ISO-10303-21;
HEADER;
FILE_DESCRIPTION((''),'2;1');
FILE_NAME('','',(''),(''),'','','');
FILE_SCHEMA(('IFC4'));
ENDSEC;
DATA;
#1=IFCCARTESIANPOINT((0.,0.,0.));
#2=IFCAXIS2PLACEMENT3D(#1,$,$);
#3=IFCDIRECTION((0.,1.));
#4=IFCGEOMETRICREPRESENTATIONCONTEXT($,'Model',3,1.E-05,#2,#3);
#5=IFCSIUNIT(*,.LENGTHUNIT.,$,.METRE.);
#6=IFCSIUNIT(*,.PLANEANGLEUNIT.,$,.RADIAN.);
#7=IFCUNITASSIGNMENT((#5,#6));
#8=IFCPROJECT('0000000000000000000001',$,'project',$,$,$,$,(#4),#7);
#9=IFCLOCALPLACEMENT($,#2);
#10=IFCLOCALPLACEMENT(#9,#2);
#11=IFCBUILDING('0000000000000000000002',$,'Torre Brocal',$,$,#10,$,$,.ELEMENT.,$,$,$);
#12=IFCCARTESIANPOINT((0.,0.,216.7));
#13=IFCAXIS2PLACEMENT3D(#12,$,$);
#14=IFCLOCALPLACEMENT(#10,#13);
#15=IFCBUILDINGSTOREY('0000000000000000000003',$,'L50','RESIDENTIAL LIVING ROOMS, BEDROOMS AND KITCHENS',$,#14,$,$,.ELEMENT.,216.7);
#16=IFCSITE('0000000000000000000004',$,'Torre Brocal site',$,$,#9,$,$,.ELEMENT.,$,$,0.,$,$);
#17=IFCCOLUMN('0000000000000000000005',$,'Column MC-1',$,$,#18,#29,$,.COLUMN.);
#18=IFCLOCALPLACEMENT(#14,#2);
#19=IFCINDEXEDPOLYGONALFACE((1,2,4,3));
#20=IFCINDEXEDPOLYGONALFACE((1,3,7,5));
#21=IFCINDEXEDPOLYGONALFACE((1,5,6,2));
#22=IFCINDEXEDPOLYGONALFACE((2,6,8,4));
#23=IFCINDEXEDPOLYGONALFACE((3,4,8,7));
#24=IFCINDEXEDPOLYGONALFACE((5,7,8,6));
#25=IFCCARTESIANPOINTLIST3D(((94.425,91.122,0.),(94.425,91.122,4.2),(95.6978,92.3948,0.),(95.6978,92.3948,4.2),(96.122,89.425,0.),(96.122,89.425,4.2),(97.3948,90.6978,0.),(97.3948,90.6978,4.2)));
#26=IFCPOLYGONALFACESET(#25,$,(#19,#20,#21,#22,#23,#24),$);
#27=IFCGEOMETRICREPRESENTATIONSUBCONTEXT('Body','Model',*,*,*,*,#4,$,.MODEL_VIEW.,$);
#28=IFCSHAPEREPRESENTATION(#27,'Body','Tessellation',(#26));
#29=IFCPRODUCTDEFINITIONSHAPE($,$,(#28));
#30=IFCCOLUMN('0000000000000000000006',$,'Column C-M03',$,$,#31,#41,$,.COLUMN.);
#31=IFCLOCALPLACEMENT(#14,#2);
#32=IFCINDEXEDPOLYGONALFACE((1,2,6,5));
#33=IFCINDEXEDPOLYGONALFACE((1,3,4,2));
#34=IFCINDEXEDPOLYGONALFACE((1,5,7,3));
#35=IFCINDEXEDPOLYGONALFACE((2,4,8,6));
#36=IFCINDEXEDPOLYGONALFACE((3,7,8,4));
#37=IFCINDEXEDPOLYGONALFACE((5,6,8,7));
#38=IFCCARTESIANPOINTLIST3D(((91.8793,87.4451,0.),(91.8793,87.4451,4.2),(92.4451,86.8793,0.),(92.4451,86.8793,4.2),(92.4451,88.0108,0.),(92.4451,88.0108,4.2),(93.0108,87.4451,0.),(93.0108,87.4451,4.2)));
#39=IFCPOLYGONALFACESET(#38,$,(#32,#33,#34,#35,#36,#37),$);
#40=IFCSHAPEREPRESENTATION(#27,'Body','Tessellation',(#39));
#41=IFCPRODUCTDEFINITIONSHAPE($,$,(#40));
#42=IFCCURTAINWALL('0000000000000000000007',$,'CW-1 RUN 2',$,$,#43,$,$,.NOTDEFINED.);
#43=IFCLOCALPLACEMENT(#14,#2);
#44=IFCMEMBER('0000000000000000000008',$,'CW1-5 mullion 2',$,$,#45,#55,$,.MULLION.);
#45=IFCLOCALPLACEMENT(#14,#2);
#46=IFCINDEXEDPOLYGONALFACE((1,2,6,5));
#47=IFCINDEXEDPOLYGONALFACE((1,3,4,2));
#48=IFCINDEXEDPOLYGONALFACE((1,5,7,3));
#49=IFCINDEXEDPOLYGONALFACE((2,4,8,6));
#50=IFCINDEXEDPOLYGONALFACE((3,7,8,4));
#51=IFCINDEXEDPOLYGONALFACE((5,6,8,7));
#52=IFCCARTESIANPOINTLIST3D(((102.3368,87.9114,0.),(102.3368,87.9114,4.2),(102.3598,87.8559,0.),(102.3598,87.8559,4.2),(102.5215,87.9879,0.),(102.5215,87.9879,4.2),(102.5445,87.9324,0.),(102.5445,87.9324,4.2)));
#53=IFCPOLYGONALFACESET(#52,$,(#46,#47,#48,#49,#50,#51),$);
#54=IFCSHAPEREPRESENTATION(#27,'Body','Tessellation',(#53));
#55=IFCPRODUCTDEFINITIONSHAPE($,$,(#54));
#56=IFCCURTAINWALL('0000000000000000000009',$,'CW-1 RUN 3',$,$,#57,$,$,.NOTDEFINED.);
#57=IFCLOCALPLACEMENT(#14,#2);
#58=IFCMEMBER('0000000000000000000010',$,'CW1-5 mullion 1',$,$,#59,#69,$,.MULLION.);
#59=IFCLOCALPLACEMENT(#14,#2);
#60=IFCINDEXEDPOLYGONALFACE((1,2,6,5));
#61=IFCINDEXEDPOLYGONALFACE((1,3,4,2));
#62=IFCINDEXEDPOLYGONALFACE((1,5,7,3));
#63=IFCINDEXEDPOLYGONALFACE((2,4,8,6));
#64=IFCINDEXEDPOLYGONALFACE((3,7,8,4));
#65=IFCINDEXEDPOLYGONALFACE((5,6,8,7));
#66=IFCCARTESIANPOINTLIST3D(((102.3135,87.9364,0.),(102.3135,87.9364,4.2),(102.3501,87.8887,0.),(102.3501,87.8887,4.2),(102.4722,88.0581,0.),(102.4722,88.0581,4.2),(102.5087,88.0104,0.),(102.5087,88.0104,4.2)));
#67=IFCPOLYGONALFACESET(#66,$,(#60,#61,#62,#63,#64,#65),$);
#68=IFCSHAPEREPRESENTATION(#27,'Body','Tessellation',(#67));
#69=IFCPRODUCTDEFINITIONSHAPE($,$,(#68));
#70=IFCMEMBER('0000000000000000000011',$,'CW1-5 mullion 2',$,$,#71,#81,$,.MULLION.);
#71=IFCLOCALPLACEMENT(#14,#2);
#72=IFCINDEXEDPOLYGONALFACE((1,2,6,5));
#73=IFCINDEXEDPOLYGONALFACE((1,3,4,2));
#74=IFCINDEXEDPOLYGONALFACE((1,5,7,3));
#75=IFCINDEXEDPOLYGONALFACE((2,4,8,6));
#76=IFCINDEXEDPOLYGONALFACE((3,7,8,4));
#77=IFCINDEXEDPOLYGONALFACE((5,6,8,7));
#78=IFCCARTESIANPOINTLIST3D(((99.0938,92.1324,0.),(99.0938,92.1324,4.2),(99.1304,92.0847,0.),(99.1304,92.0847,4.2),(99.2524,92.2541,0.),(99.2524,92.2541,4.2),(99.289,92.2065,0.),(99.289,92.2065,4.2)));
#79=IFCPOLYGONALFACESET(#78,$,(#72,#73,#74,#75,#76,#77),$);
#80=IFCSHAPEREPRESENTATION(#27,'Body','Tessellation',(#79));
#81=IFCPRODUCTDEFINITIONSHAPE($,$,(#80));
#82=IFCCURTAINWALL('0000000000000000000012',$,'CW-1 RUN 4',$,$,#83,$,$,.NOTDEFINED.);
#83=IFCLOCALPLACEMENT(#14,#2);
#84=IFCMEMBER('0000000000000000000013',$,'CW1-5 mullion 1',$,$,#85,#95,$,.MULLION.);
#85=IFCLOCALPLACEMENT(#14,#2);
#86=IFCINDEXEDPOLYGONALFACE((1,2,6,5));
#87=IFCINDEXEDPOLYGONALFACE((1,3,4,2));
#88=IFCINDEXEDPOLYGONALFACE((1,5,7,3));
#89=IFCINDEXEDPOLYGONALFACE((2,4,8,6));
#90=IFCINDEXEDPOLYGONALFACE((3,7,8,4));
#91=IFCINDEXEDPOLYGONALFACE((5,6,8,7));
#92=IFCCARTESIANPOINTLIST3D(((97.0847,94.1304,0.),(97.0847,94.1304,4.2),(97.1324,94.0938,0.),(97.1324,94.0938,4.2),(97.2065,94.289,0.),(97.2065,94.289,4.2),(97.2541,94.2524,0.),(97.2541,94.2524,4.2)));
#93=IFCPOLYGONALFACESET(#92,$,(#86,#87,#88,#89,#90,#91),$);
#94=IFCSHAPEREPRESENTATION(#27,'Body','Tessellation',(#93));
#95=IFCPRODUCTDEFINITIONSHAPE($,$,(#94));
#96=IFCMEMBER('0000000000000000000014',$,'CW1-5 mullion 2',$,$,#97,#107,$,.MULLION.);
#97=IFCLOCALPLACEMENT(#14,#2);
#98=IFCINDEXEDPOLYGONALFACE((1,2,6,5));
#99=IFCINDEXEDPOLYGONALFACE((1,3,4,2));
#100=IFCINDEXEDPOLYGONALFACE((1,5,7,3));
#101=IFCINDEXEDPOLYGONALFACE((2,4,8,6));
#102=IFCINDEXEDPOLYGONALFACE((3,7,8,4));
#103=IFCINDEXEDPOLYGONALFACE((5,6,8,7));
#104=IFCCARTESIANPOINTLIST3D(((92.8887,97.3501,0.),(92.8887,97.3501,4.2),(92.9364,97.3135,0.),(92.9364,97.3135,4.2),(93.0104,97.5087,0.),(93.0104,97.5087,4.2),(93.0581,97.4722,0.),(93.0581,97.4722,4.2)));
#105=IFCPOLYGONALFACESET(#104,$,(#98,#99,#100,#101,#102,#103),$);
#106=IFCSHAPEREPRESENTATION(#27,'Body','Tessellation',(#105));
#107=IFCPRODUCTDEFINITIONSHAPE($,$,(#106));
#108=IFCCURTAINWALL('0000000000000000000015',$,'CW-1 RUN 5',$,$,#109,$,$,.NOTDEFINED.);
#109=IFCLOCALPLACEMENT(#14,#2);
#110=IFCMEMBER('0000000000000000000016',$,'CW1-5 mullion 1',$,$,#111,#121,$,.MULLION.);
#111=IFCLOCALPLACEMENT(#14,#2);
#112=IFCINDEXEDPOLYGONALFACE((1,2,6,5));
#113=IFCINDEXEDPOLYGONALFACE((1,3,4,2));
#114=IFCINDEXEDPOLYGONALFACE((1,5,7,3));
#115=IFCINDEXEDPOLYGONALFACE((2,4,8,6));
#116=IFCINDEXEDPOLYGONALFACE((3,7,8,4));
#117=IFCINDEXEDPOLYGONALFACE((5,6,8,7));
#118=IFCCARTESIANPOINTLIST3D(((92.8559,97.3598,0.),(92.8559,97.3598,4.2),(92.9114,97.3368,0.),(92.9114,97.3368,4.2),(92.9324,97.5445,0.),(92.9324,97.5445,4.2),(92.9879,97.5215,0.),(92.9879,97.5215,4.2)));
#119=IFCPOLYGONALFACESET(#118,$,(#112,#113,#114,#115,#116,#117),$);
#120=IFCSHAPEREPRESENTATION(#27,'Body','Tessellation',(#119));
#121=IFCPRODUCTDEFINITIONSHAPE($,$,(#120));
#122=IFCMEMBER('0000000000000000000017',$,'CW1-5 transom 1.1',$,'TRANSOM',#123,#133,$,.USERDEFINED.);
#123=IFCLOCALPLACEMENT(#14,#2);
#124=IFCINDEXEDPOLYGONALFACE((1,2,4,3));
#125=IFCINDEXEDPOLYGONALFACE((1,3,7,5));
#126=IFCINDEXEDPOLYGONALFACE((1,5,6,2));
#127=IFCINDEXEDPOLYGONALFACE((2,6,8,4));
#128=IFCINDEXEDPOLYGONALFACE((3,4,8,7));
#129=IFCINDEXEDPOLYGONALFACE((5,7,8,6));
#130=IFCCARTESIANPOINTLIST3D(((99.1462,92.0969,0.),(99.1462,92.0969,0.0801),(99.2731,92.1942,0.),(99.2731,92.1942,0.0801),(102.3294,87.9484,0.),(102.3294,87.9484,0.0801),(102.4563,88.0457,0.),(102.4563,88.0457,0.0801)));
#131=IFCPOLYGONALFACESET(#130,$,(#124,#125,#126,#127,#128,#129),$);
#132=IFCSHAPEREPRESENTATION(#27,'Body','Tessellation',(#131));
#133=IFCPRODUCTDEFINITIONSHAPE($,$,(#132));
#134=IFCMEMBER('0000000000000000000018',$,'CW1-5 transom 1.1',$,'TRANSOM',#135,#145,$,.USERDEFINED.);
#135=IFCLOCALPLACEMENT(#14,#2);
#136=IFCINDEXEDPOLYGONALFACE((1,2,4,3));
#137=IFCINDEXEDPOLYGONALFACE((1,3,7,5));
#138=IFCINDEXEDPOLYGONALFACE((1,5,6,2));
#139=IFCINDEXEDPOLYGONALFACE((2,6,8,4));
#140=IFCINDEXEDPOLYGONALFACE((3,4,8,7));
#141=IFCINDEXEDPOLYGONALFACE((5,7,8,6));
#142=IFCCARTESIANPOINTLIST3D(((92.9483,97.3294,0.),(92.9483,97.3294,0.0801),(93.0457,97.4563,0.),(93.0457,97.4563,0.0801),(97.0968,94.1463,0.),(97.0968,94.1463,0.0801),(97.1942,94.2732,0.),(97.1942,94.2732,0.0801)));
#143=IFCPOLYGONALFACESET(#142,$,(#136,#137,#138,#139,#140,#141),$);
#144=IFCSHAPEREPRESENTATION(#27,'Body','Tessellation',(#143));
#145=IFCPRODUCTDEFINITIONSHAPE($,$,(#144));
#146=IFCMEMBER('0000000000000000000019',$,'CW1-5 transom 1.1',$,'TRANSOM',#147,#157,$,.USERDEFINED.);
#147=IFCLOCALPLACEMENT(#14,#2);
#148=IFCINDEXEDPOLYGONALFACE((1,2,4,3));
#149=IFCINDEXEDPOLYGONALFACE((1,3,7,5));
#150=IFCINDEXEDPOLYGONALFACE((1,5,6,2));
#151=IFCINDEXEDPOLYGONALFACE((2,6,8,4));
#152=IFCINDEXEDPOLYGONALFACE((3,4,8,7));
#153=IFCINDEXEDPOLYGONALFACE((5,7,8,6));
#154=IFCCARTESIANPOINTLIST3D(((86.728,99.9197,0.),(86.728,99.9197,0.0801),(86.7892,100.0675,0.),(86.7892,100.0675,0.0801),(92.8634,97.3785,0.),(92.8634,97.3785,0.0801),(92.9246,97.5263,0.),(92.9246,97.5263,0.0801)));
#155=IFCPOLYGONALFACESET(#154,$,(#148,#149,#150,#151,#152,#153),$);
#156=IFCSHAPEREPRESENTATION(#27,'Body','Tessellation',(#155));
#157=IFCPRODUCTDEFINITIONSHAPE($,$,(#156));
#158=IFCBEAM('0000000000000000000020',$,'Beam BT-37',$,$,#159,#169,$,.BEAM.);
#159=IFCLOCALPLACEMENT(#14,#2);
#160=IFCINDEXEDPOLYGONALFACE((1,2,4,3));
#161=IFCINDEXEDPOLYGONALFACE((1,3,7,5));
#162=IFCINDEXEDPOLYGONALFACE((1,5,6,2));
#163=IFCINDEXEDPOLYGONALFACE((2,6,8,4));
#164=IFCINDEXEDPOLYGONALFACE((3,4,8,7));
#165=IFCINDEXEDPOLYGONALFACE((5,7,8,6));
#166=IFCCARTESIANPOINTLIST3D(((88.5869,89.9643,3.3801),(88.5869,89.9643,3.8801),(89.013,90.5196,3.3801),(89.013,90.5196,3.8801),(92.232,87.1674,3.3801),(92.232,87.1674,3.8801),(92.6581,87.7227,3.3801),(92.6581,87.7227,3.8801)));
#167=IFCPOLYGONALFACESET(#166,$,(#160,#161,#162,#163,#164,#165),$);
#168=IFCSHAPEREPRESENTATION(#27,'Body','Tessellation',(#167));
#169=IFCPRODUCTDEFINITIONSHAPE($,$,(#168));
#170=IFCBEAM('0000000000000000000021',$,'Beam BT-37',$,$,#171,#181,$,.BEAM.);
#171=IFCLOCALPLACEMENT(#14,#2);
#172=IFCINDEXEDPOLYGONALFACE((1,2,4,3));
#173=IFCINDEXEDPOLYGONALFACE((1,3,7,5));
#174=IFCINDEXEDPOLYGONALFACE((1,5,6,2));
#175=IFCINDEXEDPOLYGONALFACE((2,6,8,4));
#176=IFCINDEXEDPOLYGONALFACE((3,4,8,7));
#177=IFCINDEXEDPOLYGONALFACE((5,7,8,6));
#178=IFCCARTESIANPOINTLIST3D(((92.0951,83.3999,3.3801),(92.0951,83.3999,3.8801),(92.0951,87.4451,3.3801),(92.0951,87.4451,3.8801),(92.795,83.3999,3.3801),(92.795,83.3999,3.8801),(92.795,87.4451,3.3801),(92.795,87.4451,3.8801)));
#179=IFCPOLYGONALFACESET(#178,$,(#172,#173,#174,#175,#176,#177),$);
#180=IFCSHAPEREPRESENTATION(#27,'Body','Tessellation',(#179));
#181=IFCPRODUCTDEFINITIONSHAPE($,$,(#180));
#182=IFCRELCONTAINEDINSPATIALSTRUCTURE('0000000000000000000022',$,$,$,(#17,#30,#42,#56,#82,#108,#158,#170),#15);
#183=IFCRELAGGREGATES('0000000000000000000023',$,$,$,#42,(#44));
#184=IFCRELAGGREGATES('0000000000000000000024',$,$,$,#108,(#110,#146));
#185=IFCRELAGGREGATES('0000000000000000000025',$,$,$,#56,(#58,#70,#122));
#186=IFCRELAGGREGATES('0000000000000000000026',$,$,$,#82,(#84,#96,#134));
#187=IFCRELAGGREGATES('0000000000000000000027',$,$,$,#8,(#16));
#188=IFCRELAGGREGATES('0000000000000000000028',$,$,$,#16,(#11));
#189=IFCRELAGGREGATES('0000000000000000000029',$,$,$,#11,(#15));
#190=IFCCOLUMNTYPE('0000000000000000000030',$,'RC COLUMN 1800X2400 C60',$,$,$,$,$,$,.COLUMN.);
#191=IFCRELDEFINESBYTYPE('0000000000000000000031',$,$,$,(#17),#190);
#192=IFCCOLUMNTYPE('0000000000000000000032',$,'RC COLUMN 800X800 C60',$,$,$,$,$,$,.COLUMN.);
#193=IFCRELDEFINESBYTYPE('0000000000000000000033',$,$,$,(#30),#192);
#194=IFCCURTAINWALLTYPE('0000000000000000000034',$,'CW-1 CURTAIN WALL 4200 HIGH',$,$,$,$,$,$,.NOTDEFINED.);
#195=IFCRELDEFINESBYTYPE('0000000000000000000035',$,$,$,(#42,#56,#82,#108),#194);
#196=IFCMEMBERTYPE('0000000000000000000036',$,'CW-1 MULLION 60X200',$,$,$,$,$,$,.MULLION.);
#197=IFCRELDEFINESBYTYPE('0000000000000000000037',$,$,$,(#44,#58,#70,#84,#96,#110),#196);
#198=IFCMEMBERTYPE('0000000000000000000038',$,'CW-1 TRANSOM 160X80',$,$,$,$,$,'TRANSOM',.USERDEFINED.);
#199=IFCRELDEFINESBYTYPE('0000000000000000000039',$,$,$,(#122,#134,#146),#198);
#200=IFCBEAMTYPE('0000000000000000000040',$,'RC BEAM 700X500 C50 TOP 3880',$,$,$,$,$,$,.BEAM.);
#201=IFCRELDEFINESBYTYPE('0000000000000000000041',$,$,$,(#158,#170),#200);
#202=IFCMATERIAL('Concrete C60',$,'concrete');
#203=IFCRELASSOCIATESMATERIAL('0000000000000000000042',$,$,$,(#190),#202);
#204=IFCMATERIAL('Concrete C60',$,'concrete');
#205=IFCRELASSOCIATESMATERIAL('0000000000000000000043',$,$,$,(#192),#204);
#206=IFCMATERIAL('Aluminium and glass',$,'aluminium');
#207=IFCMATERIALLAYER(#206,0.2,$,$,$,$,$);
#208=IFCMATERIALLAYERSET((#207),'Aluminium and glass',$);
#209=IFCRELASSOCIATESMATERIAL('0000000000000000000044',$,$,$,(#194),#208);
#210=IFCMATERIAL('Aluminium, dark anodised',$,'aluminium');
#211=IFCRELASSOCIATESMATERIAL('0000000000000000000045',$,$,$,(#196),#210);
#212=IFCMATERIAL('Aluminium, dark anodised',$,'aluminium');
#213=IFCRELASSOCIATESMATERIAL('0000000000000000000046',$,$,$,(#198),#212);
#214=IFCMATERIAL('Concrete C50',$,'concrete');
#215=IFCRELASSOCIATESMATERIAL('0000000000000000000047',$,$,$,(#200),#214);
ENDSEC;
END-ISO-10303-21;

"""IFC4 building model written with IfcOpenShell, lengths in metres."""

from ifc_helpers import new_model, si_unit, direction, frame, origin, origin_2d, place, context, subcontext, project, spatial, rectangle, extrude, material, layer, layer_set, material_profile, profile_set, type_object, element, aggregate, save


model = new_model("IFC4")

# Units and contexts
model_context = context("Model", 3, precision=1e-05, world=origin(), true_north=direction((0.0, 1.0)))
body_context = subcontext(model_context, "Body", "Model", "MODEL_VIEW")
ifc_project = project(units=[si_unit("LENGTHUNIT", "METRE"), si_unit("PLANEANGLEUNIT", "RADIAN")], contexts=[model_context])

# Site, building, storey
site_placement = place(None, origin())
site = spatial("IfcSite", under=ifc_project, at=site_placement, Name="Torre Brocal site", CompositionType="ELEMENT", RefElevation=0.0)
building_placement = place(site_placement, origin())
building = spatial("IfcBuilding", under=site, at=building_placement, Name="Torre Brocal", CompositionType="ELEMENT")
storey_placement = place(building_placement, frame((0.0, 0.0, 216.7)))
storey = spatial("IfcBuildingStorey", under=building, at=storey_placement, Name="L50", Description="RESIDENTIAL LIVING ROOMS, BEDROOMS AND KITCHENS", CompositionType="ELEMENT", Elevation=216.7)

# Columns
ifc_material_1 = material(Name="Concrete C60", Category="concrete")
ifc_material_profile_1 = material_profile(ifc_material_1, rectangle(XDim=1.8, YDim=2.3999, at=origin_2d()), Name="RC 1800X2400")
ifc_profile_set_1 = profile_set([ifc_material_profile_1], Name="Concrete C60")
column_type_1 = type_object("IfcColumnType", Name="RC COLUMN 1800X2400 C60", PredefinedType="COLUMN", material=ifc_profile_set_1)
column_1_placement = place(storey_placement, frame((95.9099, 90.9099, 0.0), z_axis=(0.0, 0.0, 1.0), x_axis=(0.707107, 0.707107, 0.0)))
element("IfcColumn", 1, at=column_1_placement, inside=storey, type_object=column_type_1, Name="Column MC-1", PredefinedType="COLUMN", context=body_context, shape_type="SweptSolid", body=[
    extrude(rectangle(XDim=1.8, YDim=2.3999, at=origin_2d()), origin(), (0.0, 0.0, 1.0), 4.2),
])
ifc_material_2 = material(Name="Concrete C60", Category="concrete")
ifc_material_profile_2 = material_profile(ifc_material_2, rectangle(XDim=0.8, YDim=0.8, at=origin_2d()), Name="RC 800X800")
ifc_profile_set_2 = profile_set([ifc_material_profile_2], Name="Concrete C60")
column_type_2 = type_object("IfcColumnType", Name="RC COLUMN 800X800 C60", PredefinedType="COLUMN", material=ifc_profile_set_2)
column_2_placement = place(storey_placement, frame((92.4451, 87.4451, 0.0), z_axis=(0.0, 0.0, 1.0), x_axis=(0.707107, 0.707107, 0.0)))
element("IfcColumn", 2, at=column_2_placement, inside=storey, type_object=column_type_2, Name="Column C-M03", PredefinedType="COLUMN", context=body_context, shape_type="SweptSolid", body=[
    extrude(rectangle(XDim=0.8, YDim=0.8, at=origin_2d()), origin(), (0.0, 0.0, 1.0), 4.2),
])

# Curtain wall, member
ifc_material_3 = material(Name="Aluminium and glass", Category="aluminium")
ifc_layer_1 = layer(ifc_material_3, 0.2)
ifc_layer_set_1 = layer_set([ifc_layer_1], Name="Aluminium and glass")
curtain_wall_type = type_object("IfcCurtainWallType", Name="CW-1 CURTAIN WALL 4200 HIGH", PredefinedType="NOTDEFINED", material=ifc_layer_set_1)
curtain_wall_1_placement = place(storey_placement, origin())
curtain_wall_1 = element("IfcCurtainWall", 3, at=curtain_wall_1_placement, inside=storey, type_object=curtain_wall_type, Name="CW-1 RUN 2", PredefinedType="NOTDEFINED")
ifc_material_4 = material(Name="Aluminium, dark anodised", Category="aluminium")
ifc_material_profile_3 = material_profile(ifc_material_4, rectangle(XDim=0.2, YDim=0.0601, at=origin_2d()), Name="CW-1 MULLION 60X200")
ifc_profile_set_3 = profile_set([ifc_material_profile_3], Name="Aluminium, dark anodised")
member_type_1 = type_object("IfcMemberType", Name="CW-1 MULLION 60X200", PredefinedType="MULLION", material=ifc_profile_set_3)
member_1_placement = place(storey_placement, frame((102.4407, 87.9219, 0.0), z_axis=(0.0, 0.0, 1.0), x_axis=(-0.92388, -0.382683, 0.0)))
member_1 = element("IfcMember", 4, at=member_1_placement, type_object=member_type_1, Name="CW1-5 mullion 2", PredefinedType="MULLION", context=body_context, shape_type="SweptSolid", body=[
    extrude(rectangle(XDim=0.2, YDim=0.0601, at=origin_2d()), origin(), (0.0, 0.0, 1.0), 4.2),
])
aggregate(curtain_wall_1, [member_1])

# Curtain walls, members
curtain_wall_2_placement = place(storey_placement, origin())
curtain_wall_2 = element("IfcCurtainWall", 5, at=curtain_wall_2_placement, inside=storey, type_object=curtain_wall_type, Name="CW-1 RUN 3", PredefinedType="NOTDEFINED")
member_2_placement = place(storey_placement, frame((102.4111, 87.9734, 0.0), z_axis=(0.0, 0.0, 1.0), x_axis=(-0.793353, -0.608761, 0.0)))
member_2 = element("IfcMember", 6, at=member_2_placement, type_object=member_type_1, Name="CW1-5 mullion 1", PredefinedType="MULLION", context=body_context, shape_type="SweptSolid", body=[
    extrude(rectangle(XDim=0.2, YDim=0.0601, at=origin_2d()), origin(), (0.0, 0.0, 1.0), 4.2),
])
member_3_placement = place(storey_placement, frame((99.1914, 92.1694, 0.0), z_axis=(0.0, 0.0, 1.0), x_axis=(-0.793353, -0.608761, 0.0)))
member_3 = element("IfcMember", 7, at=member_3_placement, type_object=member_type_1, Name="CW1-5 mullion 2", PredefinedType="MULLION", context=body_context, shape_type="SweptSolid", body=[
    extrude(rectangle(XDim=0.2, YDim=0.0601, at=origin_2d()), origin(), (0.0, 0.0, 1.0), 4.2),
])
curtain_wall_3_placement = place(storey_placement, origin())
curtain_wall_3 = element("IfcCurtainWall", 8, at=curtain_wall_3_placement, inside=storey, type_object=curtain_wall_type, Name="CW-1 RUN 4", PredefinedType="NOTDEFINED")
member_4_placement = place(storey_placement, frame((97.1694, 94.1914, 0.0), z_axis=(0.0, 0.0, 1.0), x_axis=(-0.608761, -0.793353, 0.0)))
member_4 = element("IfcMember", 9, at=member_4_placement, type_object=member_type_1, Name="CW1-5 mullion 1", PredefinedType="MULLION", context=body_context, shape_type="SweptSolid", body=[
    extrude(rectangle(XDim=0.2, YDim=0.0601, at=origin_2d()), origin(), (0.0, 0.0, 1.0), 4.2),
])
member_5_placement = place(storey_placement, frame((92.9734, 97.4111, 0.0), z_axis=(0.0, 0.0, 1.0), x_axis=(-0.608761, -0.793353, 0.0)))
member_5 = element("IfcMember", 10, at=member_5_placement, type_object=member_type_1, Name="CW1-5 mullion 2", PredefinedType="MULLION", context=body_context, shape_type="SweptSolid", body=[
    extrude(rectangle(XDim=0.2, YDim=0.0601, at=origin_2d()), origin(), (0.0, 0.0, 1.0), 4.2),
])

# Curtain wall, member
curtain_wall_4_placement = place(storey_placement, origin())
curtain_wall_4 = element("IfcCurtainWall", 11, at=curtain_wall_4_placement, inside=storey, type_object=curtain_wall_type, Name="CW-1 RUN 5", PredefinedType="NOTDEFINED")
member_6_placement = place(storey_placement, frame((92.9219, 97.4407, 0.0), z_axis=(0.0, 0.0, 1.0), x_axis=(-0.382683, -0.92388, 0.0)))
member_6 = element("IfcMember", 12, at=member_6_placement, type_object=member_type_1, Name="CW1-5 mullion 1", PredefinedType="MULLION", context=body_context, shape_type="SweptSolid", body=[
    extrude(rectangle(XDim=0.2, YDim=0.0601, at=origin_2d()), origin(), (0.0, 0.0, 1.0), 4.2),
])

# Members
ifc_material_5 = material(Name="Aluminium, dark anodised", Category="aluminium")
ifc_material_profile_4 = material_profile(ifc_material_5, rectangle(XDim=0.1599, YDim=0.0801, at=origin_2d()), Name="CW-1 TRANSOM 160X80")
ifc_profile_set_4 = profile_set([ifc_material_profile_4], Name="Aluminium, dark anodised")
member_type_2 = type_object("IfcMemberType", Name="CW-1 TRANSOM 160X80", ElementType="TRANSOM", PredefinedType="USERDEFINED", material=ifc_profile_set_4)
member_7_placement = place(storey_placement, frame((102.3928, 87.9971, 0.04), z_axis=(-0.608749, 0.793363, 0.0), x_axis=(-0.793363, -0.608749, 0.0)))
member_7 = element("IfcMember", 13, at=member_7_placement, type_object=member_type_2, Name="CW1-5 transom 1.1", ObjectType="TRANSOM", PredefinedType="USERDEFINED", context=body_context, shape_type="SweptSolid", body=[
    extrude(rectangle(XDim=0.1599, YDim=0.0801, at=origin_2d()), origin(), (0.0, 0.0, 1.0), 5.229),
])
member_8_placement = place(storey_placement, frame((97.1455, 94.2097, 0.04), z_axis=(-0.793363, 0.608749, 0.0), x_axis=(-0.608749, -0.793363, 0.0)))
member_8 = element("IfcMember", 14, at=member_8_placement, type_object=member_type_2, Name="CW1-5 transom 1.1", ObjectType="TRANSOM", PredefinedType="USERDEFINED", context=body_context, shape_type="SweptSolid", body=[
    extrude(rectangle(XDim=0.1599, YDim=0.0801, at=origin_2d()), origin(), (0.0, 0.0, 1.0), 5.229),
])
member_9_placement = place(storey_placement, frame((92.894, 97.4524, 0.04), z_axis=(-0.923887, 0.382665, 0.0), x_axis=(-0.382665, -0.923887, 0.0)))
member_9 = element("IfcMember", 15, at=member_9_placement, type_object=member_type_2, Name="CW1-5 transom 1.1", ObjectType="TRANSOM", PredefinedType="USERDEFINED", context=body_context, shape_type="SweptSolid", body=[
    extrude(rectangle(XDim=0.1599, YDim=0.0801, at=origin_2d()), origin(), (0.0, 0.0, 1.0), 6.6409),
])
aggregate(curtain_wall_4, [member_6, member_9])

# Beams
ifc_material_6 = material(Name="Concrete C50", Category="concrete")
ifc_material_profile_5 = material_profile(ifc_material_6, rectangle(XDim=0.7, YDim=0.5, at=origin_2d()), Name="RC 700X500")
ifc_profile_set_5 = profile_set([ifc_material_profile_5], Name="Concrete C50")
beam_type_1 = type_object("IfcBeamType", Name="RC BEAM 700X500 C50 TOP 3880", PredefinedType="BEAM", material=ifc_profile_set_5)
beam_1_placement = place(storey_placement, frame((92.4451, 87.4451, 3.6301), z_axis=(-0.793358, 0.608755, 0.0), x_axis=(-0.608755, -0.793358, 0.0)))
element("IfcBeam", 16, at=beam_1_placement, inside=storey, type_object=beam_type_1, Name="Beam BT-37", PredefinedType="BEAM", context=body_context, shape_type="SweptSolid", body=[
    extrude(rectangle(XDim=0.7, YDim=0.5, at=origin_2d()), origin(), (0.0, 0.0, 1.0), 4.5945),
])
beam_2_placement = place(storey_placement, frame((92.4451, 87.4451, 3.6301), z_axis=(0.0, -1.0, 0.0), x_axis=(1.0, 0.0, 0.0)))
element("IfcBeam", 17, at=beam_2_placement, inside=storey, type_object=beam_type_1, Name="Beam BT-37", PredefinedType="BEAM", context=body_context, shape_type="SweptSolid", body=[
    extrude(rectangle(XDim=0.7, YDim=0.5, at=origin_2d()), origin(), (0.0, 0.0, 1.0), 4.0452),
])

aggregate(curtain_wall_2, [member_2, member_3, member_7])
aggregate(curtain_wall_3, [member_4, member_5, member_8])

save(model, "model.ifc")
